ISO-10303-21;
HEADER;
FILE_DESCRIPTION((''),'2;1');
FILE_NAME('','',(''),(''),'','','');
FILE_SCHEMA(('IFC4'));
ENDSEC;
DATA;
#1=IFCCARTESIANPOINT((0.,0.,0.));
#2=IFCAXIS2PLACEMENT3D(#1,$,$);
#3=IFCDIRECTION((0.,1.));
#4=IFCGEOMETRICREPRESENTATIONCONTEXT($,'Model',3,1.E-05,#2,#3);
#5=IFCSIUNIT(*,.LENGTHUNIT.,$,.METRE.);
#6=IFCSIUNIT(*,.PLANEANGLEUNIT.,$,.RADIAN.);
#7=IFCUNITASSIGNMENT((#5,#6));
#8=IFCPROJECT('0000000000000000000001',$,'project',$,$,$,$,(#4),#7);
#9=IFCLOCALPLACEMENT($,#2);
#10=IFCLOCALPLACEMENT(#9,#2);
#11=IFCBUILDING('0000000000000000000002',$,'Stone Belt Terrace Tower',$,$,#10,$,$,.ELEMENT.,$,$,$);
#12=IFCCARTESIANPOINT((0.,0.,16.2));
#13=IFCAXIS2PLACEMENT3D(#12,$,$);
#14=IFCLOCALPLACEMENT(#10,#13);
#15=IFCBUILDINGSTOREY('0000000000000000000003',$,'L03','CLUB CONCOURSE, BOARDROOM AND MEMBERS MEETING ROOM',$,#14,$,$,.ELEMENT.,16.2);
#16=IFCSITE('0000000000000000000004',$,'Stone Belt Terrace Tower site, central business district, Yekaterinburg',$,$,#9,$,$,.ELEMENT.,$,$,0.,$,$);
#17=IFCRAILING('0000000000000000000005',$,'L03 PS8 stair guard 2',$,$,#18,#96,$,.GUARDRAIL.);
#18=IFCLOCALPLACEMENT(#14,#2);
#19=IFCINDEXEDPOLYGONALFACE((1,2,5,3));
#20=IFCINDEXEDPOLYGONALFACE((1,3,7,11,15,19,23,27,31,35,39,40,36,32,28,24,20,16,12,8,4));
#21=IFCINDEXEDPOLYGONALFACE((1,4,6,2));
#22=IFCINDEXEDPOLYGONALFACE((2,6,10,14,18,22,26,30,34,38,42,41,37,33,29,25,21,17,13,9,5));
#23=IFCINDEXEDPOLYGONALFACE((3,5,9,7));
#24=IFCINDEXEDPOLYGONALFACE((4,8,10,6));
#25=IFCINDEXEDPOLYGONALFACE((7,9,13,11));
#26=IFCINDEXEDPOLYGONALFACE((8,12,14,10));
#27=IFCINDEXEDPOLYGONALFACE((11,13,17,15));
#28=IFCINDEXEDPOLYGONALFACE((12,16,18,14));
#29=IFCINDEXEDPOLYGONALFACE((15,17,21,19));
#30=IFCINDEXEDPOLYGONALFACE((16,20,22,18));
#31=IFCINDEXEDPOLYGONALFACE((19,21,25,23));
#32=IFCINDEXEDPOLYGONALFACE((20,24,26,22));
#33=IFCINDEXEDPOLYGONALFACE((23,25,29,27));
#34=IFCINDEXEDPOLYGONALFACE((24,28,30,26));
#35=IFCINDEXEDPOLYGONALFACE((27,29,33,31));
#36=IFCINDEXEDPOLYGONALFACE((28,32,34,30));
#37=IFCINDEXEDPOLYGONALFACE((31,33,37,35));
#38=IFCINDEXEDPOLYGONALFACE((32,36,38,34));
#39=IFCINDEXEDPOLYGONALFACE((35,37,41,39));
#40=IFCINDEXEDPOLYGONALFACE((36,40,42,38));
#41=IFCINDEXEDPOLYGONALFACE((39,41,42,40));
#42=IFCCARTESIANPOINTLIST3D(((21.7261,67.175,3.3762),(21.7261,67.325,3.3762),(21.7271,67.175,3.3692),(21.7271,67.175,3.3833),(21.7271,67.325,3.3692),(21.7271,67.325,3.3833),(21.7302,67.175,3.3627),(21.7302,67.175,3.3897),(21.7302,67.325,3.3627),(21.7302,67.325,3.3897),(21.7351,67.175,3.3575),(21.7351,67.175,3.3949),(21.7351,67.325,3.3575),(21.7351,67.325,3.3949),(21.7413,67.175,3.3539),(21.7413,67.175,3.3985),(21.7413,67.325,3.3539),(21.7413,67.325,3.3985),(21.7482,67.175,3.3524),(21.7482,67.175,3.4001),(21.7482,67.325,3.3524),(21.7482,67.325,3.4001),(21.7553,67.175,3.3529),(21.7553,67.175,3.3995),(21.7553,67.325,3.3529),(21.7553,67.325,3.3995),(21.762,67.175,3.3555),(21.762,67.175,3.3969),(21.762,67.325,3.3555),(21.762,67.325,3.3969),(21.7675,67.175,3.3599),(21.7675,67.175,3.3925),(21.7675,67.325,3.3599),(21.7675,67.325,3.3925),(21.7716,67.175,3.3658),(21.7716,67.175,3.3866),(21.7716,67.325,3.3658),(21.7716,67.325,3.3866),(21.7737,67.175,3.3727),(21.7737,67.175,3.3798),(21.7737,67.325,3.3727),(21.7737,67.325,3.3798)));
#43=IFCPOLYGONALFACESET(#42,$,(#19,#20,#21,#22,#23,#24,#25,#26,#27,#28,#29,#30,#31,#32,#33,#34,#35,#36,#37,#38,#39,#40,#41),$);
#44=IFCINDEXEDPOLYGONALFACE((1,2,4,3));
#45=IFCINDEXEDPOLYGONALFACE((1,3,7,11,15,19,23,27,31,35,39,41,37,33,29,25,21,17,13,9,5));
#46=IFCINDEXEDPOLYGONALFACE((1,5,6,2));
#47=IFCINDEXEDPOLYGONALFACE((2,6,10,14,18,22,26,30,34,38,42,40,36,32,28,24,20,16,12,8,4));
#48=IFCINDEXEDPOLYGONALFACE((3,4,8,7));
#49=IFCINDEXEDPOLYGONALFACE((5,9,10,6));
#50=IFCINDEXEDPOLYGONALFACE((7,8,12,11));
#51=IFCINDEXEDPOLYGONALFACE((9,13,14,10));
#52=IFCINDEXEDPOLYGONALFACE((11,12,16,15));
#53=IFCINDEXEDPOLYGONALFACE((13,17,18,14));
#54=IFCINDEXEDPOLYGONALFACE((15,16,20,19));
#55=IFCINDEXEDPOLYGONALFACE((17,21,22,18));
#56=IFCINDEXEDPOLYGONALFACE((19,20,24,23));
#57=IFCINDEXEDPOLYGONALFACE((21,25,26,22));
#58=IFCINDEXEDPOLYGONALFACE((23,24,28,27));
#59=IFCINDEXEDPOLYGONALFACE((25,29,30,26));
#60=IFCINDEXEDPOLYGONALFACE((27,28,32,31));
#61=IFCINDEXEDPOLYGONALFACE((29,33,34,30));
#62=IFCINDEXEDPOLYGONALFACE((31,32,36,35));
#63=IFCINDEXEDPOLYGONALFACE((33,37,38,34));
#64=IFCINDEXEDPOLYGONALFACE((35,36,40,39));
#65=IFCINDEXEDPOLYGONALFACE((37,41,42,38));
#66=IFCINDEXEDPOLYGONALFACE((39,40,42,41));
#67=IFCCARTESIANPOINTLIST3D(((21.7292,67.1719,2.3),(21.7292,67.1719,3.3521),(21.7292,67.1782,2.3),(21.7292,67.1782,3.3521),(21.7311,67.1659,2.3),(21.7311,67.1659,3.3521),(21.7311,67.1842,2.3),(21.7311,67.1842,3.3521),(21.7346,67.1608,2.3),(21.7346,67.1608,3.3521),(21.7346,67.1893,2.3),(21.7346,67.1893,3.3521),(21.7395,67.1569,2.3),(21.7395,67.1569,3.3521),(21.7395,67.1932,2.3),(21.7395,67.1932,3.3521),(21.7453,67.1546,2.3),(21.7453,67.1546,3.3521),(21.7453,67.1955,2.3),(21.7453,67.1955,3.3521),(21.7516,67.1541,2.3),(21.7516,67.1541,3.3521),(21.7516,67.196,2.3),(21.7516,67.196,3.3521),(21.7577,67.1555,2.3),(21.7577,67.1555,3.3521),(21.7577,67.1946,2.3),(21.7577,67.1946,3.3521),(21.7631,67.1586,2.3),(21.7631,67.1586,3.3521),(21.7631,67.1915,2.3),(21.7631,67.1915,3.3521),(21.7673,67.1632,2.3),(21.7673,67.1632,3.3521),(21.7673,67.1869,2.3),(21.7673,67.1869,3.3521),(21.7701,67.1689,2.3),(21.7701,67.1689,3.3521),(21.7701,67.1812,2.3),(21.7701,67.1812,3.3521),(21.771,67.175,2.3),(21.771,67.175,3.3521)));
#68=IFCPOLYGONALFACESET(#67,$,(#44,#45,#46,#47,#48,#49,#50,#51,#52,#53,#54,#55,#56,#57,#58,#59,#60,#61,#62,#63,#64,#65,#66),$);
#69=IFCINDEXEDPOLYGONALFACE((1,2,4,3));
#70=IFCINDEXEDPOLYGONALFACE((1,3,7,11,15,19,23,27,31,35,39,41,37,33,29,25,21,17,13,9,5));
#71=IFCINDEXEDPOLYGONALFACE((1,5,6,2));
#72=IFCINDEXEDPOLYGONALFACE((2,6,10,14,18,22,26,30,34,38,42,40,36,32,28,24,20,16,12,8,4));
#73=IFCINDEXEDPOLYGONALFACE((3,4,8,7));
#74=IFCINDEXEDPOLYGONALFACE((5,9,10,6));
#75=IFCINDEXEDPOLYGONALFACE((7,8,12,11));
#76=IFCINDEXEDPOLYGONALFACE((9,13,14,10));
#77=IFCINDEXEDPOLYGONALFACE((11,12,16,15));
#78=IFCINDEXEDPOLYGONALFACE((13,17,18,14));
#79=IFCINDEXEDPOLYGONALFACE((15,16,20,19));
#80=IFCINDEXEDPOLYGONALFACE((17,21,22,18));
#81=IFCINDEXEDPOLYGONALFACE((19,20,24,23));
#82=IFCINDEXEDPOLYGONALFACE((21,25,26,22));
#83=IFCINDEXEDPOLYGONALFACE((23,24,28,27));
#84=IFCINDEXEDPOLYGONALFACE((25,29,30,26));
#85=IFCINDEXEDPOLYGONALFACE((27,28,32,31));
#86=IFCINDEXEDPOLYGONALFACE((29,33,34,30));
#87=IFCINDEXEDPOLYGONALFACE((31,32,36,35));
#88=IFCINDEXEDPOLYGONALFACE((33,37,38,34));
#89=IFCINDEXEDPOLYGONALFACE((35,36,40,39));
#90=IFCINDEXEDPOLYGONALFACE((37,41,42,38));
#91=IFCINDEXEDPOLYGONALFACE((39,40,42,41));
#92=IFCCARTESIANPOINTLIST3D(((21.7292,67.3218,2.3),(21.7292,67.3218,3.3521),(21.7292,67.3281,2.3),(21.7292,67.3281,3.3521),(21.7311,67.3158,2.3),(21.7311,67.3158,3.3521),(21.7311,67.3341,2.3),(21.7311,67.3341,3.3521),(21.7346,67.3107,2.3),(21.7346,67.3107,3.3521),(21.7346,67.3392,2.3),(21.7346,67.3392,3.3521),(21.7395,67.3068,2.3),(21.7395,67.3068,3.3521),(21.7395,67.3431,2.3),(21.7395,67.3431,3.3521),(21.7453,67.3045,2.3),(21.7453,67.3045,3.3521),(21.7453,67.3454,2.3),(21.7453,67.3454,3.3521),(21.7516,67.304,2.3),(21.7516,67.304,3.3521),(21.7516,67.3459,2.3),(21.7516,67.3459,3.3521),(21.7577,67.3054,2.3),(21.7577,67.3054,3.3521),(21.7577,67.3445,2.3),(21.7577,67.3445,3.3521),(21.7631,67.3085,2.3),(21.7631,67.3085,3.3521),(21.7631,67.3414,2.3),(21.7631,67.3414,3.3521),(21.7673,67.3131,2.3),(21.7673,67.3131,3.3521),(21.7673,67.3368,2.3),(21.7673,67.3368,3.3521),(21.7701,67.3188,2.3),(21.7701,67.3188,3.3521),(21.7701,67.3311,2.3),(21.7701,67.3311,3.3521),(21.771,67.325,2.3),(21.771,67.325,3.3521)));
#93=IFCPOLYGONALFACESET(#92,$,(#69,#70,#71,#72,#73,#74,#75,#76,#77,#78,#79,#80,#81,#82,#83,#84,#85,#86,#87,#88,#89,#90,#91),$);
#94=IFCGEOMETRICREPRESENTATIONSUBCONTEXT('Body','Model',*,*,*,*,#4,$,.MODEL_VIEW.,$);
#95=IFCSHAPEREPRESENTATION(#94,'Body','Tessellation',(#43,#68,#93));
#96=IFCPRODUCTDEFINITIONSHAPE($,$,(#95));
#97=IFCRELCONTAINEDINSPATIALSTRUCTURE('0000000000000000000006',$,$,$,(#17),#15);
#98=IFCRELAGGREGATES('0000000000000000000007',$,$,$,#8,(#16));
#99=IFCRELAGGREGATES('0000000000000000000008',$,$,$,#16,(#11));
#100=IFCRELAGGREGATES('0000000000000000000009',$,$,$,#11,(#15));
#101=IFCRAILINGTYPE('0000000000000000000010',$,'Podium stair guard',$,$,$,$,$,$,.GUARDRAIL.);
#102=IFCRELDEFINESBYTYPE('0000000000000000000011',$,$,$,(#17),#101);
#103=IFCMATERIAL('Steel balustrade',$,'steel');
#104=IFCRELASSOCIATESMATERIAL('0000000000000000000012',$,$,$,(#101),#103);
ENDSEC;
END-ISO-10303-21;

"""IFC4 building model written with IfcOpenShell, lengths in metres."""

from ifc_helpers import new_model, si_unit, direction, frame, origin, origin_2d, place, context, subcontext, project, spatial, circle, extrude, material, type_object, element, save


model = new_model("IFC4")

# Units and contexts
model_context = context("Model", 3, precision=1e-05, world=origin(), true_north=direction((0.0, 1.0)))
body_context = subcontext(model_context, "Body", "Model", "MODEL_VIEW")
ifc_project = project(units=[si_unit("LENGTHUNIT", "METRE"), si_unit("PLANEANGLEUNIT", "RADIAN")], contexts=[model_context])

# Site, building, storey
site_placement = place(None, origin())
site = spatial("IfcSite", under=ifc_project, at=site_placement, Name="Stone Belt Terrace Tower site, central business district, Yekaterinburg", CompositionType="ELEMENT", RefElevation=0.0)
building_placement = place(site_placement, origin())
building = spatial("IfcBuilding", under=site, at=building_placement, Name="Stone Belt Terrace Tower", CompositionType="ELEMENT")
storey_placement = place(building_placement, frame((0.0, 0.0, 16.2)))
storey = spatial("IfcBuildingStorey", under=building, at=storey_placement, Name="L03", Description="CLUB CONCOURSE, BOARDROOM AND MEMBERS MEETING ROOM", CompositionType="ELEMENT", Elevation=16.2)

# Railing
ifc_material_1 = material(Name="Steel balustrade", Category="steel")
railing_type_1 = type_object("IfcRailingType", Name="Podium stair guard", PredefinedType="GUARDRAIL", material=ifc_material_1)
railing_1_placement = place(storey_placement, frame((21.75, 67.175, 2.3)))
element("IfcRailing", 1, at=railing_1_placement, inside=storey, type_object=railing_type_1, Name="L03 PS8 stair guard 2", PredefinedType="GUARDRAIL", context=body_context, shape_type="SweptSolid", body=[
    extrude(circle(Radius=0.0239, at=origin_2d()), frame((0.0, 0.0, 1.0762), z_axis=(0.0, 1.0, 0.0), x_axis=(-1.0, 0.0, 0.0)), (0.0, 0.0, 1.0), 0.1499),
    extrude(circle(Radius=0.021, at=origin_2d()), origin(), (0.0, 0.0, 1.0), 1.052),
    extrude(circle(Radius=0.021, at=origin_2d()), frame((0.0, 0.1499, 0.0)), (0.0, 0.0, 1.0), 1.052),
])

save(model, "model.ifc")
